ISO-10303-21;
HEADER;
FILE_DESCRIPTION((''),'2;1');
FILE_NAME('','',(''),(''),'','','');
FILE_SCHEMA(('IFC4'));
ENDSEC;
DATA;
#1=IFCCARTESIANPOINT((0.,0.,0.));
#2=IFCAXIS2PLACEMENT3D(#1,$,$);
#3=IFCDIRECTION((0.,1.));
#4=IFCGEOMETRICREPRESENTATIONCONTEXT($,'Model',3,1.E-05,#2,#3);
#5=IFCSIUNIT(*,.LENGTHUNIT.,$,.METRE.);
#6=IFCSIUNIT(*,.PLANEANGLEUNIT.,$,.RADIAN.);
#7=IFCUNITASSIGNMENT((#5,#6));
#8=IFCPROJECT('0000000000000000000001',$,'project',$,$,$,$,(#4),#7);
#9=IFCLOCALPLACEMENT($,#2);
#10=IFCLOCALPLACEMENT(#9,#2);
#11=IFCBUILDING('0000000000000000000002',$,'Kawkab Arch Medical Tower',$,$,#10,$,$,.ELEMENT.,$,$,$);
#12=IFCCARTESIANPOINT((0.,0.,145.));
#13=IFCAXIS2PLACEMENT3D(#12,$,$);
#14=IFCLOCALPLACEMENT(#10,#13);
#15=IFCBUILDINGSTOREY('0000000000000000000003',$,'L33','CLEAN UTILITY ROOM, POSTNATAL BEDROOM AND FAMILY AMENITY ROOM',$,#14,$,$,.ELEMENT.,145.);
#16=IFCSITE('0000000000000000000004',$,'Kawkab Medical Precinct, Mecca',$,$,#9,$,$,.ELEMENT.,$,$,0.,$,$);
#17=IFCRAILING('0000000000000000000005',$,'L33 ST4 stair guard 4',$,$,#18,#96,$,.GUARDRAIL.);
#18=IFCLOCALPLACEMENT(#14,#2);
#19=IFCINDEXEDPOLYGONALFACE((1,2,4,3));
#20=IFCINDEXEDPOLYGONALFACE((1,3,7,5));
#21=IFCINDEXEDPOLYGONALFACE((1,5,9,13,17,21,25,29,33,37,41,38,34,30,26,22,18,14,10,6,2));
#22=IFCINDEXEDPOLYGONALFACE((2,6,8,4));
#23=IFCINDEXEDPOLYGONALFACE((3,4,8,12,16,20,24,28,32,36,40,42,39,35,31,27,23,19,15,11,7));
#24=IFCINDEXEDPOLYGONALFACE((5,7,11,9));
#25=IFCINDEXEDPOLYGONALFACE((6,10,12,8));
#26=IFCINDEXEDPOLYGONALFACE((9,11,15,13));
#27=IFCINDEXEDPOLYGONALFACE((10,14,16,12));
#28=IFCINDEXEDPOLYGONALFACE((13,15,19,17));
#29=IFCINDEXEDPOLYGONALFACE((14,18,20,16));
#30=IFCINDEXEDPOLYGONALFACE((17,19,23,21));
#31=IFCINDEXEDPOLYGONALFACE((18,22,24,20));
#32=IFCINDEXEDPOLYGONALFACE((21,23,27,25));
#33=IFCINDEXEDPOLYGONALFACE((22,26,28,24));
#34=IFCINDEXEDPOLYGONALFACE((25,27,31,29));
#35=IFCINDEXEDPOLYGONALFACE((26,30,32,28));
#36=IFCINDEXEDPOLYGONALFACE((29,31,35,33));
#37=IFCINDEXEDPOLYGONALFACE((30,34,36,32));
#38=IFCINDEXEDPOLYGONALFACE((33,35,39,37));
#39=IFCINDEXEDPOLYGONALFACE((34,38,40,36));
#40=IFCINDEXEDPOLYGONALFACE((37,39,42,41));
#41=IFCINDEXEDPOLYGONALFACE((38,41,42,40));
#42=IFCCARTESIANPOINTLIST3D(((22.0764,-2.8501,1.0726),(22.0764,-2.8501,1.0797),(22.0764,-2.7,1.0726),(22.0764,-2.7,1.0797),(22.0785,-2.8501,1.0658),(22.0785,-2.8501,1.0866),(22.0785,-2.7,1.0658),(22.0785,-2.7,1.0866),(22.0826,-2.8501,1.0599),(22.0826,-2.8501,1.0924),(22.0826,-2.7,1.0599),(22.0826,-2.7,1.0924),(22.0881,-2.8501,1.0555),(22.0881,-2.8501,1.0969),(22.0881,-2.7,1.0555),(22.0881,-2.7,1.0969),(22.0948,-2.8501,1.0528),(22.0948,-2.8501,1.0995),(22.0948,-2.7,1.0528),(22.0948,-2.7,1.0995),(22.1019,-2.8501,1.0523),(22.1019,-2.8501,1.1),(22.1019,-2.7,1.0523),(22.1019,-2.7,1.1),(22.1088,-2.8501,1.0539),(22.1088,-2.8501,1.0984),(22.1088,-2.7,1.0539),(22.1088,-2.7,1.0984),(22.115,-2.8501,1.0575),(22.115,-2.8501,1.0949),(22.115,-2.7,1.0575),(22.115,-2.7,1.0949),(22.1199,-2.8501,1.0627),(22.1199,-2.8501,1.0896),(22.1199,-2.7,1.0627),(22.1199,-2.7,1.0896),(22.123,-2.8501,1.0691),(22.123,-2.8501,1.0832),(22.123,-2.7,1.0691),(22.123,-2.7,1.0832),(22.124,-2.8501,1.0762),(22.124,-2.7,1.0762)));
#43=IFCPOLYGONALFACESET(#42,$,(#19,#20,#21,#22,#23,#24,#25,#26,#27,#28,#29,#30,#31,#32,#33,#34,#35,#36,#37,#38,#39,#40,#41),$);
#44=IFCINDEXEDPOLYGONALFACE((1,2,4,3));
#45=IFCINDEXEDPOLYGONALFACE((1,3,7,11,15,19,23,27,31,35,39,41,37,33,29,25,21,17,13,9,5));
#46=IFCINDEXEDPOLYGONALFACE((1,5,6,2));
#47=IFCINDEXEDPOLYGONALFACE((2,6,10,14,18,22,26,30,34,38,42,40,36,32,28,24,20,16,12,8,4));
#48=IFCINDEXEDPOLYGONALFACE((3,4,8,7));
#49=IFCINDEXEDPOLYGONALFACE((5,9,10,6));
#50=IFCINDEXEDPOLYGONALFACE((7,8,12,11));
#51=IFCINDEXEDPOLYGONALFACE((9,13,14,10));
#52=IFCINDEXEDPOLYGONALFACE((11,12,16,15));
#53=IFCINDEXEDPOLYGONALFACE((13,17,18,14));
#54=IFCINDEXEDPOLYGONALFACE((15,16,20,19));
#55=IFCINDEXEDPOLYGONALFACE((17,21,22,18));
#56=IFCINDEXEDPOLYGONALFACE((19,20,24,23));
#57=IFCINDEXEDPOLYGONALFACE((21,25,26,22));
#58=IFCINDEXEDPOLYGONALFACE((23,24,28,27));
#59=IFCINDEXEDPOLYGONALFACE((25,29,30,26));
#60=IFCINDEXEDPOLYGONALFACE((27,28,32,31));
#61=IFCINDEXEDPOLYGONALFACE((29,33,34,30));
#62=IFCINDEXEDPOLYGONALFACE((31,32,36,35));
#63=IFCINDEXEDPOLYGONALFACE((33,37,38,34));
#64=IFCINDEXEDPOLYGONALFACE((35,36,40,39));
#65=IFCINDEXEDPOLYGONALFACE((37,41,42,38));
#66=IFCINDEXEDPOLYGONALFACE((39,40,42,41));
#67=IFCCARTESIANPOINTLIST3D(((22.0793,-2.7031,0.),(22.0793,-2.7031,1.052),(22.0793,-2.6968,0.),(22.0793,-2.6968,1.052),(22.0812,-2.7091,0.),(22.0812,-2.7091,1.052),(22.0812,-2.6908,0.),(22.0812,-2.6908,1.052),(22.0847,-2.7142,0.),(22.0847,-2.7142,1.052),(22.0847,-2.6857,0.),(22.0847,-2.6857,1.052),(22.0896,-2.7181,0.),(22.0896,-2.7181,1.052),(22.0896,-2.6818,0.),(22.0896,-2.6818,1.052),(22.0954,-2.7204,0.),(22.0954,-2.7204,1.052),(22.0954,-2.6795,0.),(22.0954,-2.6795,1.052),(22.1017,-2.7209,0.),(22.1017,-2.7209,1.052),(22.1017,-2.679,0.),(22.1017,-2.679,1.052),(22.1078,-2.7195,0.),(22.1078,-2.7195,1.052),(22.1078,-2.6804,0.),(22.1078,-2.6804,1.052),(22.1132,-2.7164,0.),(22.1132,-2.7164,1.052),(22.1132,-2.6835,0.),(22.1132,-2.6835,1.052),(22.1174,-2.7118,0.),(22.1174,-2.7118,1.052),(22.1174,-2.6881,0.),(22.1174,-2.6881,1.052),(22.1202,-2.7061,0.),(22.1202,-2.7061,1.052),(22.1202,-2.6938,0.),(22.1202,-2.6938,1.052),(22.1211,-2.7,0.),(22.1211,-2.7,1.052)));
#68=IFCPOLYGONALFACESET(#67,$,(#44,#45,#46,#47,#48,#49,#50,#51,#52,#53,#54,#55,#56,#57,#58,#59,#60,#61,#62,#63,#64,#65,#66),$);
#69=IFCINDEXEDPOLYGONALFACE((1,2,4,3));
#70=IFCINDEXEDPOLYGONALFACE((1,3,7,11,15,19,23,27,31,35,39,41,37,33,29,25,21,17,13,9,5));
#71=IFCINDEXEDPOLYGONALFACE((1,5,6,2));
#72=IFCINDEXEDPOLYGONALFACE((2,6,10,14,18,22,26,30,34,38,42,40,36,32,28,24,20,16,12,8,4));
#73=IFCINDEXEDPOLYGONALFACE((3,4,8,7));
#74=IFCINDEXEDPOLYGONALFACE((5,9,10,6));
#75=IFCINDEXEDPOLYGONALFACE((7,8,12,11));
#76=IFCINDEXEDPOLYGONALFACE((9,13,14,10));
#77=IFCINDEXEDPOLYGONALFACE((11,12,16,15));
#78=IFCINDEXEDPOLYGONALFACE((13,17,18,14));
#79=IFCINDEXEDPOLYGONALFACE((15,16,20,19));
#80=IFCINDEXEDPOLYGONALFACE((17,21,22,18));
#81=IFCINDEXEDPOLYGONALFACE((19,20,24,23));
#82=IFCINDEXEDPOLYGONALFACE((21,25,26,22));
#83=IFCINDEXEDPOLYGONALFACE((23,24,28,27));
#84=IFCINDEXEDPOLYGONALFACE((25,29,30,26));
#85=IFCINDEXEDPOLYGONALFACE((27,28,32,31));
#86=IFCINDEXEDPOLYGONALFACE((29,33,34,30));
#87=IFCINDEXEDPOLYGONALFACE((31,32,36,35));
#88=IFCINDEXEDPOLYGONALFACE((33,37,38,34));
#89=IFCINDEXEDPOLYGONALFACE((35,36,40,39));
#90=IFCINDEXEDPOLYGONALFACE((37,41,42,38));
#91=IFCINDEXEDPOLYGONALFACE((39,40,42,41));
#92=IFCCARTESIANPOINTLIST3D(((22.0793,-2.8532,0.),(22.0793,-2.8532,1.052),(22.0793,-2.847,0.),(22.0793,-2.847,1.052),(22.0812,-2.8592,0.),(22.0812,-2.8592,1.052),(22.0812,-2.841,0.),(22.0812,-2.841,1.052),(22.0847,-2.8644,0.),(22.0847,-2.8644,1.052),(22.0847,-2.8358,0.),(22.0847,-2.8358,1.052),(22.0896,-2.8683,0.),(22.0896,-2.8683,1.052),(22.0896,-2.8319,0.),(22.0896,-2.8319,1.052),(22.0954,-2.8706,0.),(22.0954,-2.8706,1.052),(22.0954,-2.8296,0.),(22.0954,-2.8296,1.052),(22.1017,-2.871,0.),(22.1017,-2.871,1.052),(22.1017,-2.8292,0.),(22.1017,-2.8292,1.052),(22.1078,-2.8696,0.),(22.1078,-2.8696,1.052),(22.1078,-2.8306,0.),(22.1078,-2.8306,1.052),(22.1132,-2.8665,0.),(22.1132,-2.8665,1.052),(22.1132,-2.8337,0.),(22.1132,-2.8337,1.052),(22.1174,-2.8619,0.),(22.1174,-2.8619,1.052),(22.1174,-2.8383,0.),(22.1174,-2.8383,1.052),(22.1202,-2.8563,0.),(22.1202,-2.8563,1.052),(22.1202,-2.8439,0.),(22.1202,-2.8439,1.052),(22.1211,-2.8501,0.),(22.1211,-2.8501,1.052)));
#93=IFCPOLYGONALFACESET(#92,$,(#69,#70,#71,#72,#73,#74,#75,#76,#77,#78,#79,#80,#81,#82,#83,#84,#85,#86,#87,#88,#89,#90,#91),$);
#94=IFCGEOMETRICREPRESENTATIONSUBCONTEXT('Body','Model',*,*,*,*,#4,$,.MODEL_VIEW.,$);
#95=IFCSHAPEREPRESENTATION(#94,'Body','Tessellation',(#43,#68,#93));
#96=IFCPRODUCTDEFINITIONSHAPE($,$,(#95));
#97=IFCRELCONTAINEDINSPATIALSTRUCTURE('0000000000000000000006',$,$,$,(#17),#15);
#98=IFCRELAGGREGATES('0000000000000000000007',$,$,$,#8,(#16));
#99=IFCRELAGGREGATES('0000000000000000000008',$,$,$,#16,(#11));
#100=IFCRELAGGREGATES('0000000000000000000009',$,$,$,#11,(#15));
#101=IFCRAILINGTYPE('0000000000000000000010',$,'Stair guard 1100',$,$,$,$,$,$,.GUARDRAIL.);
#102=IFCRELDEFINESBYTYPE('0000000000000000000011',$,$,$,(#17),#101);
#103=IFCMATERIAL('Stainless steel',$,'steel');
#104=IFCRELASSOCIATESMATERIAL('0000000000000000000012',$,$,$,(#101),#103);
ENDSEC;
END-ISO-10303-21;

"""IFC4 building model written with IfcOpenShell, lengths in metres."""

from ifc_helpers import new_model, si_unit, direction, frame, origin, origin_2d, place, context, subcontext, project, spatial, circle, extrude, material, type_object, element, save


model = new_model("IFC4")

# Units and contexts
model_context = context("Model", 3, precision=1e-05, world=origin(), true_north=direction((0.0, 1.0)))
body_context = subcontext(model_context, "Body", "Model", "MODEL_VIEW")
ifc_project = project(units=[si_unit("LENGTHUNIT", "METRE"), si_unit("PLANEANGLEUNIT", "RADIAN")], contexts=[model_context])

# Site, building, storey
site_placement = place(None, origin())
site = spatial("IfcSite", under=ifc_project, at=site_placement, Name="Kawkab Medical Precinct, Mecca", CompositionType="ELEMENT", RefElevation=0.0)
building_placement = place(site_placement, origin())
building = spatial("IfcBuilding", under=site, at=building_placement, Name="Kawkab Arch Medical Tower", CompositionType="ELEMENT")
storey_placement = place(building_placement, frame((0.0, 0.0, 145.0)))
storey = spatial("IfcBuildingStorey", under=building, at=storey_placement, Name="L33", Description="CLEAN UTILITY ROOM, POSTNATAL BEDROOM AND FAMILY AMENITY ROOM", CompositionType="ELEMENT", Elevation=145.0)

# Railing
ifc_material_1 = material(Name="Stainless steel", Category="steel")
railing_type_1 = type_object("IfcRailingType", Name="Stair guard 1100", PredefinedType="GUARDRAIL", material=ifc_material_1)
railing_1_placement = place(storey_placement, frame((22.1001, -2.7, 0.0)))
element("IfcRailing", 1, at=railing_1_placement, inside=storey, type_object=railing_type_1, Name="L33 ST4 stair guard 4", PredefinedType="GUARDRAIL", context=body_context, shape_type="SweptSolid", body=[
    extrude(circle(Radius=0.0239, at=origin_2d()), frame((0.0, 0.0, 1.0762), z_axis=(0.0, -1.0, 0.0), x_axis=(1.0, 0.0, 0.0)), (0.0, 0.0, 1.0), 0.1501),
    extrude(circle(Radius=0.021, at=origin_2d()), origin(), (0.0, 0.0, 1.0), 1.052),
    extrude(circle(Radius=0.021, at=origin_2d()), frame((0.0, -0.1501, 0.0)), (0.0, 0.0, 1.0), 1.052),
])

save(model, "model.ifc")
